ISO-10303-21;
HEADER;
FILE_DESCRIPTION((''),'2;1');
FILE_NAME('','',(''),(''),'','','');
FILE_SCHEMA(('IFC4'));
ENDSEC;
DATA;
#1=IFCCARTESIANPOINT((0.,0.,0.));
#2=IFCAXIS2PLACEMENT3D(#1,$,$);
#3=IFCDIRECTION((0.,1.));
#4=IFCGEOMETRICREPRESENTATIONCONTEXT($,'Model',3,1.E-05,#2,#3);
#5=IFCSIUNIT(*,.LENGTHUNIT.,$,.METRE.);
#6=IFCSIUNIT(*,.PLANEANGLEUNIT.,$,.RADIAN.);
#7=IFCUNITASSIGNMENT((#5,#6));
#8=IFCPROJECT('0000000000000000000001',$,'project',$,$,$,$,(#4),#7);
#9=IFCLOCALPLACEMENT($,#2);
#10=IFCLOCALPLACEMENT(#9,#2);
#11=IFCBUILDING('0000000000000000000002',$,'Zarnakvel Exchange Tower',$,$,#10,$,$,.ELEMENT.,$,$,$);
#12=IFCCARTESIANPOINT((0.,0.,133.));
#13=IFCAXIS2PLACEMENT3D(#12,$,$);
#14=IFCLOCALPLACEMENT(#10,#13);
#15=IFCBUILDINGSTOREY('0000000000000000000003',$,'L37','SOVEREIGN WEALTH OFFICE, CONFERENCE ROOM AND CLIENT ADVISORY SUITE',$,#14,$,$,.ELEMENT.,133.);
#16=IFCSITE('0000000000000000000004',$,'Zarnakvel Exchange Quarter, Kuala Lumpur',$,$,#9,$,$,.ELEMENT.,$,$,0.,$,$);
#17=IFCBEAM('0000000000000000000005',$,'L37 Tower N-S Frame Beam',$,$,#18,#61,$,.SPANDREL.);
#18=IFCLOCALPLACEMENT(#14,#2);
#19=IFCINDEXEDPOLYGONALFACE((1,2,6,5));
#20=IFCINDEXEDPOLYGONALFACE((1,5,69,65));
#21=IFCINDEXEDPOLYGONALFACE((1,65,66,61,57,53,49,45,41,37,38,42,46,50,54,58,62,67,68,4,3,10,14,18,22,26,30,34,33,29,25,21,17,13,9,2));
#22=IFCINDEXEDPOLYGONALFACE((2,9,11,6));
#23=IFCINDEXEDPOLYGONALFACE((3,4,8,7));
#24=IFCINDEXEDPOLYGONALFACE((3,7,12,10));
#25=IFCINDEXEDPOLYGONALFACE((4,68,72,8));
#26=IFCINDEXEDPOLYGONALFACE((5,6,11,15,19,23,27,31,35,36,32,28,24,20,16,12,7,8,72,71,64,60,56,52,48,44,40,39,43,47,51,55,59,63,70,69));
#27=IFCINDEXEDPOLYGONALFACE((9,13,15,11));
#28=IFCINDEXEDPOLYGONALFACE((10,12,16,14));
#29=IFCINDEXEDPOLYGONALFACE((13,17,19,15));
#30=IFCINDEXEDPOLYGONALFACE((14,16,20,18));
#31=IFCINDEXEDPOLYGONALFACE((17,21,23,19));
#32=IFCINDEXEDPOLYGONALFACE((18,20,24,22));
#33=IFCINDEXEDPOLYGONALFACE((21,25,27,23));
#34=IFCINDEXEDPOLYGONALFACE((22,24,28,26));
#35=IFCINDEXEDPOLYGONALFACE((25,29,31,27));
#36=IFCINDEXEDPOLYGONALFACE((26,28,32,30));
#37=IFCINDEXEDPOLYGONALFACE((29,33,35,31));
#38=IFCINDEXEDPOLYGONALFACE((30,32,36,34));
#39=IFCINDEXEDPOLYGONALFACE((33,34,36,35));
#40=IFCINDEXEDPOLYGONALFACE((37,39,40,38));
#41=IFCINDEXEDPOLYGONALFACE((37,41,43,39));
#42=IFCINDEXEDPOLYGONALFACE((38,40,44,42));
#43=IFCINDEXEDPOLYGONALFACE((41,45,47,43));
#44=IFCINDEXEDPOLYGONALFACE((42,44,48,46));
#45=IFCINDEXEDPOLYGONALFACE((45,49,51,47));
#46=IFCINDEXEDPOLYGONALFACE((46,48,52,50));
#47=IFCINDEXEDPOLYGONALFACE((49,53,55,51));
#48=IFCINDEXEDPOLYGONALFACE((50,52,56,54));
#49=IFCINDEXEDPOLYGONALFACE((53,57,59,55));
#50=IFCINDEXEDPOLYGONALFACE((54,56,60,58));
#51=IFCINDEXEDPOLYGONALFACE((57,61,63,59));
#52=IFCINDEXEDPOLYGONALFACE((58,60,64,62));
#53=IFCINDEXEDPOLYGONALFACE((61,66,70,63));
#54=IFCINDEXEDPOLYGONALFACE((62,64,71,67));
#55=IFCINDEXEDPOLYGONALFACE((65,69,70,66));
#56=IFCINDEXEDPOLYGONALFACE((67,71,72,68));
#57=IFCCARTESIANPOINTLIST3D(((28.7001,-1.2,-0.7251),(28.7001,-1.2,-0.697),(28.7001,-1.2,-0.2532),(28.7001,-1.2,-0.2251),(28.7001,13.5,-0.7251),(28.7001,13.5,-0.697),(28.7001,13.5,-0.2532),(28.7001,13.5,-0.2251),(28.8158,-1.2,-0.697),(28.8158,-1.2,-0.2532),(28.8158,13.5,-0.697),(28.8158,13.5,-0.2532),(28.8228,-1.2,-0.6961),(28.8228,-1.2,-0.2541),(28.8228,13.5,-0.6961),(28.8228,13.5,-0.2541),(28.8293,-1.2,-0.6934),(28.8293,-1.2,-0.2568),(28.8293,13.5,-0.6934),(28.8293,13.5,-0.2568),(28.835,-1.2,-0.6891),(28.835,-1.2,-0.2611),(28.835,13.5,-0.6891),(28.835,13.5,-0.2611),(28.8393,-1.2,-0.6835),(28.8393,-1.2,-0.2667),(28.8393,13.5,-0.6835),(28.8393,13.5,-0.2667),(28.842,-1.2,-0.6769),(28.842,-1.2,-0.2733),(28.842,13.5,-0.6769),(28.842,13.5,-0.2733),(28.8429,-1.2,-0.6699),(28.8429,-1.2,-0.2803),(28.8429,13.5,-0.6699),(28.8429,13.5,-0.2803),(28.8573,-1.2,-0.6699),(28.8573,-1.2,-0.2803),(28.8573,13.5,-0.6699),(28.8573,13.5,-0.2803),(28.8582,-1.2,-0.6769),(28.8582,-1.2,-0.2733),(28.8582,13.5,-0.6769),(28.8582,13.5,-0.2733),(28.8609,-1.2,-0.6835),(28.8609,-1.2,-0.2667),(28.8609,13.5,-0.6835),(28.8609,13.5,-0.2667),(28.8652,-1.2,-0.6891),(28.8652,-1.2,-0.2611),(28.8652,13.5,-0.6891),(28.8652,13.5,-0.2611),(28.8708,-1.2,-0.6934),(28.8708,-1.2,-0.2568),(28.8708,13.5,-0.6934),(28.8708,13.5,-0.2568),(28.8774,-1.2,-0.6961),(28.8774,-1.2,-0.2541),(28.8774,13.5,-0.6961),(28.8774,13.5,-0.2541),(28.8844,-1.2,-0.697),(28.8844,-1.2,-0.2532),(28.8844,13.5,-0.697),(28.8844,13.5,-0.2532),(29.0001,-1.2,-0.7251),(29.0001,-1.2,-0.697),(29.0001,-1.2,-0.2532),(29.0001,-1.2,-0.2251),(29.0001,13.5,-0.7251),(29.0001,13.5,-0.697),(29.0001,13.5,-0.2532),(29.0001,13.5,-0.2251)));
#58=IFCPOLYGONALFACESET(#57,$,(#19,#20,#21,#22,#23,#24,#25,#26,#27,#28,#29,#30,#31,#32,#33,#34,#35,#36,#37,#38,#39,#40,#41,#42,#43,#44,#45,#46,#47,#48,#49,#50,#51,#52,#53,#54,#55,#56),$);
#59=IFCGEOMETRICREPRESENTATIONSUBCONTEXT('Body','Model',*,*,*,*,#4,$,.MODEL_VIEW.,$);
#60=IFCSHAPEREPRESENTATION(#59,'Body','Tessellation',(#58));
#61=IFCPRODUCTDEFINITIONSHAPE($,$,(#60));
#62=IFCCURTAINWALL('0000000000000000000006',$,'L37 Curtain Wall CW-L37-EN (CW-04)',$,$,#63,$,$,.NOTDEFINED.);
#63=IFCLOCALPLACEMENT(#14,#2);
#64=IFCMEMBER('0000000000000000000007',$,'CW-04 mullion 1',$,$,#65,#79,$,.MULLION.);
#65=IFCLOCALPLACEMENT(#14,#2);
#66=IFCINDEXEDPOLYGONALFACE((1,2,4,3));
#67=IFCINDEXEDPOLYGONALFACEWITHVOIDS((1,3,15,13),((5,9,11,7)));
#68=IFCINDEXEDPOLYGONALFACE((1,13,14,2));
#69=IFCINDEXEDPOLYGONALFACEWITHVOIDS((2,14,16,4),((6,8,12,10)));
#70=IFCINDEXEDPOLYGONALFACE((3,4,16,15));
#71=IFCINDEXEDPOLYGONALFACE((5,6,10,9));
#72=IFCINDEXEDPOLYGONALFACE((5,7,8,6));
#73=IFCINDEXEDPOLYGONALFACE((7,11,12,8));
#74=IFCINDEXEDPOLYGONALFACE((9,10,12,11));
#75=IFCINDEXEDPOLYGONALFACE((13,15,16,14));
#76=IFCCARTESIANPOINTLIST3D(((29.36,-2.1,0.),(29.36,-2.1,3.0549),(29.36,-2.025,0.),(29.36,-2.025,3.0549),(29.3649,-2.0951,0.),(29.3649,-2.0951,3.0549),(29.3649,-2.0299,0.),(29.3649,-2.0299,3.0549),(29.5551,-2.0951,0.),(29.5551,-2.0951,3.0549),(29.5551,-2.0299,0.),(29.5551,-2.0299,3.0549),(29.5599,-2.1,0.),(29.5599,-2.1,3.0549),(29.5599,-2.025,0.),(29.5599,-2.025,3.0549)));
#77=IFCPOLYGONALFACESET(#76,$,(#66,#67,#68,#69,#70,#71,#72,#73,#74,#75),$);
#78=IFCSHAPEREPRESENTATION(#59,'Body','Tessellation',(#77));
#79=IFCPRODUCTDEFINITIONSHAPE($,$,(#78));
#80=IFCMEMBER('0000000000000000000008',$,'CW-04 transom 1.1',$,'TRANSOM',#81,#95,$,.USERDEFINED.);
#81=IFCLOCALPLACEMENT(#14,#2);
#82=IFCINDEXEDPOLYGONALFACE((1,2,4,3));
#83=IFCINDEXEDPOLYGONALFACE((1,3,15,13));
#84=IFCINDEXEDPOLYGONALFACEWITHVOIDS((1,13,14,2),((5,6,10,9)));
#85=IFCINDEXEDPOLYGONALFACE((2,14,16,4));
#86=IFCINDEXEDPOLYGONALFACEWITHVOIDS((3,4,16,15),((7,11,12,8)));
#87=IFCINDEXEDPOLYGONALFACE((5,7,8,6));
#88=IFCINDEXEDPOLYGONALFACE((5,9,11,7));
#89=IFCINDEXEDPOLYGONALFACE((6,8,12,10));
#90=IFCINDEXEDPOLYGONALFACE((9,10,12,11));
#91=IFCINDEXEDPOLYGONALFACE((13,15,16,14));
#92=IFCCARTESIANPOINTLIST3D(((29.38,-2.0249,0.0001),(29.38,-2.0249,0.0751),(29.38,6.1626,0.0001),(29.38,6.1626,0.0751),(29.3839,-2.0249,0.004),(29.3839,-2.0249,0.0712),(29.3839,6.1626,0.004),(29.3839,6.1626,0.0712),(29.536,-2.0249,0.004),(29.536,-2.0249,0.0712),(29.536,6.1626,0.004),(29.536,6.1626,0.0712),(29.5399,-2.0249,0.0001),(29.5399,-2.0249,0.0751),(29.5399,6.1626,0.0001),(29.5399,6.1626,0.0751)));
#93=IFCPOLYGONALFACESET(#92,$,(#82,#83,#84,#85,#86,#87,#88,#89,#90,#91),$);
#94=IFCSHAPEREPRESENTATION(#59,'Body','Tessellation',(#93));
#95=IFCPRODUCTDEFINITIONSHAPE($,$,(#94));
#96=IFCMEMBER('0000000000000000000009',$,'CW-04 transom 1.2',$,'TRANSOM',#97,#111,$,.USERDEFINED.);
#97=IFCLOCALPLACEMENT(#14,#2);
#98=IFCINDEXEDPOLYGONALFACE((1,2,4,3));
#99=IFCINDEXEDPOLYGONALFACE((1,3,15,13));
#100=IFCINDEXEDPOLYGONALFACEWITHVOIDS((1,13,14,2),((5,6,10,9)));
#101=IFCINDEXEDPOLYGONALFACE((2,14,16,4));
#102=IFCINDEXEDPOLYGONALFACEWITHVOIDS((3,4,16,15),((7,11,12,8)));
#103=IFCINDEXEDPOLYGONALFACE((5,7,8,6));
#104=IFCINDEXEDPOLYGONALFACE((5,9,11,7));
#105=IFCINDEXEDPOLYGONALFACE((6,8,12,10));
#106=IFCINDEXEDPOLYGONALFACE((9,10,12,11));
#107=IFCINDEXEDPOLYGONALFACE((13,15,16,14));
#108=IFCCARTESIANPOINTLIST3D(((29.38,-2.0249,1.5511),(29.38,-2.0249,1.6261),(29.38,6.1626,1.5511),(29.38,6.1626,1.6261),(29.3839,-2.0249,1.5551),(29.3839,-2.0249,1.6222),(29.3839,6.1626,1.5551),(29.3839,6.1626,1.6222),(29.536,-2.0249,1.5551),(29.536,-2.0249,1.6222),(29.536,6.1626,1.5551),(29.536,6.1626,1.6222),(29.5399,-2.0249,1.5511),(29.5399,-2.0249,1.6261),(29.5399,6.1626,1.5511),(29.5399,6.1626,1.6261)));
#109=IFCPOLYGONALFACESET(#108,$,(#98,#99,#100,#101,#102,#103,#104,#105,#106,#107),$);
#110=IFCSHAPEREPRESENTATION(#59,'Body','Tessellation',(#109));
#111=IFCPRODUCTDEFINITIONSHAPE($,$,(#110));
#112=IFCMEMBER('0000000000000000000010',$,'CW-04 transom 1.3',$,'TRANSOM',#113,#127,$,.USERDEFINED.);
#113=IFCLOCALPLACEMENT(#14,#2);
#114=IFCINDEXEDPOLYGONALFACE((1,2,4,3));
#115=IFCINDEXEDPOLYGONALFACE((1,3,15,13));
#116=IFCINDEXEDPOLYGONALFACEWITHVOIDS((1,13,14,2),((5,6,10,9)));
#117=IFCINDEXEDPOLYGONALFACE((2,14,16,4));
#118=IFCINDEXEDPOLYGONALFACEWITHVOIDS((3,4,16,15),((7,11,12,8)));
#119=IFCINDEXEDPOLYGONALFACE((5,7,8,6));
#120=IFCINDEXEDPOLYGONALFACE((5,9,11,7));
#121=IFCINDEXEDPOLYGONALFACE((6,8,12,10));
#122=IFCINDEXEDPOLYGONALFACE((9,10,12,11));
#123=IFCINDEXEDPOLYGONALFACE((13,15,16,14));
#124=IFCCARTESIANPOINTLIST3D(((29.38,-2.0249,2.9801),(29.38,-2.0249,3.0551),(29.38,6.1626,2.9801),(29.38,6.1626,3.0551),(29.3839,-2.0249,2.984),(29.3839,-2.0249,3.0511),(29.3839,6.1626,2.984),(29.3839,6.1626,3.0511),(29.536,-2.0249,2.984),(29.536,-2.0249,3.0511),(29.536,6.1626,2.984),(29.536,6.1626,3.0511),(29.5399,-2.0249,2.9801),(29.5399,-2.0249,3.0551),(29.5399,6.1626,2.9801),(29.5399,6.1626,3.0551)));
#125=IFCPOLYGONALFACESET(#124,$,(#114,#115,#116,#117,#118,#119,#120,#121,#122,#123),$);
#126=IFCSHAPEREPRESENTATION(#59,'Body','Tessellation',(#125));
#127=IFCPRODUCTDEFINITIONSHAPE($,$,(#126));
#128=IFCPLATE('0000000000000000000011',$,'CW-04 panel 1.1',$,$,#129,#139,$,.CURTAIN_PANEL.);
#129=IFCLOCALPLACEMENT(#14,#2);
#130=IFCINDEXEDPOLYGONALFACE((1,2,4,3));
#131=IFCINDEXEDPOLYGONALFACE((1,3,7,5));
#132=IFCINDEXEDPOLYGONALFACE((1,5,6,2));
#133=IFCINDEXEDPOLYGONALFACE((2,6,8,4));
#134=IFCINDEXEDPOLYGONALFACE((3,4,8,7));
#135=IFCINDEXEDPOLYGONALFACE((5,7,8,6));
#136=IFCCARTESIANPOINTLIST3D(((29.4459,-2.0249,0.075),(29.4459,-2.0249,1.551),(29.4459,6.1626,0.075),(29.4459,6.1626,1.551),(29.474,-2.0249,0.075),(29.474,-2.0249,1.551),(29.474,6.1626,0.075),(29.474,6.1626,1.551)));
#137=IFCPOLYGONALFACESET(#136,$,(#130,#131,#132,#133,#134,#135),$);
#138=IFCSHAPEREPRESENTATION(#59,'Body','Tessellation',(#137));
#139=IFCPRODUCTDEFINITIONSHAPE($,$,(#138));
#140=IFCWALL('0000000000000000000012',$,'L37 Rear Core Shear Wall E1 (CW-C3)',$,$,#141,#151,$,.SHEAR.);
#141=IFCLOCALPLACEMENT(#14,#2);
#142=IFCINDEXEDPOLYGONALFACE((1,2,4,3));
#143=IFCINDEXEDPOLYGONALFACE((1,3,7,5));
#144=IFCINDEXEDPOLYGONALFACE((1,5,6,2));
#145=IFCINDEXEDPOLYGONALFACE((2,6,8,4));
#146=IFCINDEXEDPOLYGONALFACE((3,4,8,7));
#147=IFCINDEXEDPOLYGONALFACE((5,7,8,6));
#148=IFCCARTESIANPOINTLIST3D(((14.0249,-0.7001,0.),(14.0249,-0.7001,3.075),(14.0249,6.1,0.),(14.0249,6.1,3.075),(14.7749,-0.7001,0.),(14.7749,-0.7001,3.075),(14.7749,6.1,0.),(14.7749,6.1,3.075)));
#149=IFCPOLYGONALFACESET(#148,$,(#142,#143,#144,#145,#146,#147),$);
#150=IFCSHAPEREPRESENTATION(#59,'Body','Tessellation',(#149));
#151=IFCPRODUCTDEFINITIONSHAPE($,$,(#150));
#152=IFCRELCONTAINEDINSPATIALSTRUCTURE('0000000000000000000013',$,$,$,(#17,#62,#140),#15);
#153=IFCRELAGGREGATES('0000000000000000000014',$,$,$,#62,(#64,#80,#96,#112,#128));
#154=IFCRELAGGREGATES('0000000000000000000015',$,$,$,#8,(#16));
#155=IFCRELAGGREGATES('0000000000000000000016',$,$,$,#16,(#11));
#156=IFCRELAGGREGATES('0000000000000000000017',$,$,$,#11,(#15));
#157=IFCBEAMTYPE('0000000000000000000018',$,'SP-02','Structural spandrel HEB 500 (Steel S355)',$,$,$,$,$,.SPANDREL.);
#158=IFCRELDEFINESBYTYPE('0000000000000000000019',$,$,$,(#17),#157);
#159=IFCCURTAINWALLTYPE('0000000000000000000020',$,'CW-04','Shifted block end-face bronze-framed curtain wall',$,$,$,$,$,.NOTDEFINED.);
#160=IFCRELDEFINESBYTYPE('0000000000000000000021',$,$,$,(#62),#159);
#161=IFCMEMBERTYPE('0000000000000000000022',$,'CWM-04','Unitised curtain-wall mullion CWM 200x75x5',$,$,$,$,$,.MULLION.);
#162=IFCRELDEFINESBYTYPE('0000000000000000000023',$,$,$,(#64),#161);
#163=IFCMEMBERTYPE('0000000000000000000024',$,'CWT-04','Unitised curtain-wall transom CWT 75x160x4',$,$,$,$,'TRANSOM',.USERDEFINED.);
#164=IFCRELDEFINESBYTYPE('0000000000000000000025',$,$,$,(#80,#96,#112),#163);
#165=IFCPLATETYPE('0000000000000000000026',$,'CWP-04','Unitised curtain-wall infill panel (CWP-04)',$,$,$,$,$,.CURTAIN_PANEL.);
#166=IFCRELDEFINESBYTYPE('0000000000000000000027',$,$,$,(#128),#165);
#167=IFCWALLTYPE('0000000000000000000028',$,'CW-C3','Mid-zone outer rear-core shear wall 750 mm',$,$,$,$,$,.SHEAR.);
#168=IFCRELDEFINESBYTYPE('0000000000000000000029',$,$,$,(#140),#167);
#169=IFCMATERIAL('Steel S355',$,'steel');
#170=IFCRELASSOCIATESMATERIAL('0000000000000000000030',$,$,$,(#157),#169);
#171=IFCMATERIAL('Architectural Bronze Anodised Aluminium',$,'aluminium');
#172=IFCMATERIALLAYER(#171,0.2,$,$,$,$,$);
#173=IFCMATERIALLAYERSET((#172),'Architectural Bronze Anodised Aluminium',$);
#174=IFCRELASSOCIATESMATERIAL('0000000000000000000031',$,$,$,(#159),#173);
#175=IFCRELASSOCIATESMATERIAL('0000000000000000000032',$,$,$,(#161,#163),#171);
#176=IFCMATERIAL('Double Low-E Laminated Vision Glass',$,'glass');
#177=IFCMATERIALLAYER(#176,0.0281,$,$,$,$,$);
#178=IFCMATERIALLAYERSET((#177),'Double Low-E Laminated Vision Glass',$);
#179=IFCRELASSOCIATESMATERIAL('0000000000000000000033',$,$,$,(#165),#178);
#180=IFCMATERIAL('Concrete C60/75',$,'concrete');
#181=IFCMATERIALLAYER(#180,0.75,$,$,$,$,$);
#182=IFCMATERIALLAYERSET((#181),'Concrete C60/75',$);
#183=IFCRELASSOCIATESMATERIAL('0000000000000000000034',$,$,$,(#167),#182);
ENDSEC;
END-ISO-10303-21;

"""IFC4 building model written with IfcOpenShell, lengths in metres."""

from ifc_helpers import new_model, si_unit, direction, frame, frame_2d, origin, origin_2d, place, context, subcontext, project, spatial, rectangle, hollow_rectangle, i_section, extrude, source, transform, mapped, material, layer, layer_set, material_profile, profile_set, type_object, element, aggregate, save


model = new_model("IFC4")

# Units and contexts
model_context = context("Model", 3, precision=1e-05, world=origin(), true_north=direction((0.0, 1.0)))
body_context = subcontext(model_context, "Body", "Model", "MODEL_VIEW")
ifc_project = project(units=[si_unit("LENGTHUNIT", "METRE"), si_unit("PLANEANGLEUNIT", "RADIAN")], contexts=[model_context])

# Site, building, storey
site_placement = place(None, origin())
site = spatial("IfcSite", under=ifc_project, at=site_placement, Name="Zarnakvel Exchange Quarter, Kuala Lumpur", CompositionType="ELEMENT", RefElevation=0.0)
building_placement = place(site_placement, origin())
building = spatial("IfcBuilding", under=site, at=building_placement, Name="Zarnakvel Exchange Tower", CompositionType="ELEMENT")
storey_placement = place(building_placement, frame((0.0, 0.0, 133.0)))
storey = spatial("IfcBuildingStorey", under=building, at=storey_placement, Name="L37", Description="SOVEREIGN WEALTH OFFICE, CONFERENCE ROOM AND CLIENT ADVISORY SUITE", CompositionType="ELEMENT", Elevation=133.0)

# Shared definitions
ifc_material_1 = material(Name="Concrete C60/75", Category="concrete")
ifc_material_2 = material(Name="Steel S355", Category="steel")

# Beam
ifc_material_profile_1 = material_profile(ifc_material_2, i_section(OverallWidth=0.3, OverallDepth=0.5, WebThickness=0.0144, FlangeThickness=0.0281, FilletRadius=0.0271, at=origin_2d()))
ifc_profile_set_1 = profile_set([ifc_material_profile_1], Name="Steel S355")
beam_type_1 = type_object("IfcBeamType", Name="SP-02", Description="Structural spandrel HEB 500 (Steel S355)", PredefinedType="SPANDREL", material=ifc_profile_set_1)
beam_1_placement = place(storey_placement, frame((28.8501, -1.2, -0.4751), z_axis=(0.0, 1.0, 0.0), x_axis=(-1.0, 0.0, 0.0)))
element("IfcBeam", 1, at=beam_1_placement, inside=storey, type_object=beam_type_1, Name="L37 Tower N-S Frame Beam", PredefinedType="SPANDREL", context=body_context, shape_type="SweptSolid", body=[
    extrude(i_section(OverallWidth=0.3, OverallDepth=0.5, WebThickness=0.0144, FlangeThickness=0.0281, FilletRadius=0.0271, at=origin_2d()), origin(), (0.0, 0.0, 1.0), 14.7),
])

# Curtain wall, members, plate
ifc_material_3 = material(Name="Architectural Bronze Anodised Aluminium", Category="aluminium")
ifc_layer_1 = layer(ifc_material_3, 0.2)
ifc_layer_set_1 = layer_set([ifc_layer_1], Name="Architectural Bronze Anodised Aluminium")
curtain_wall_type = type_object("IfcCurtainWallType", Name="CW-04", Description="Shifted block end-face bronze-framed curtain wall", PredefinedType="NOTDEFINED", material=ifc_layer_set_1)
curtain_wall_placement = place(storey_placement, origin())
curtain_wall = element("IfcCurtainWall", 2, at=curtain_wall_placement, inside=storey, type_object=curtain_wall_type, Name="L37 Curtain Wall CW-L37-EN (CW-04)", PredefinedType="NOTDEFINED")
ifc_material_profile_2 = material_profile(ifc_material_3, hollow_rectangle(XDim=0.2, YDim=0.075, WallThickness=0.0049, at=origin_2d()))
ifc_profile_set_2 = profile_set([ifc_material_profile_2], Name="Architectural Bronze Anodised Aluminium")
member_type_1 = type_object("IfcMemberType", Name="CWM-04", Description="Unitised curtain-wall mullion CWM 200x75x5", PredefinedType="MULLION", material=ifc_profile_set_2)
shared_shape_1 = source(origin(), body_context, "Body", "SweptSolid", [
    extrude(hollow_rectangle(XDim=0.2, YDim=0.075, WallThickness=0.0049, at=origin_2d()), origin(), (0.0, 0.0, 1.0), 3.0549),
])
member_1_placement = place(storey_placement, frame((29.46, -2.0625, 0.0), z_axis=(0.0, 0.0, 1.0), x_axis=(-1.0, 0.0, 0.0)))
member_1 = element("IfcMember", 3, at=member_1_placement, type_object=member_type_1, Name="CW-04 mullion 1", PredefinedType="MULLION", context=body_context, shape_type="MappedRepresentation", body=[
    mapped(shared_shape_1, transform((0.0, 0.0, 0.0), x_axis=(1.0, 0.0, 0.0), y_axis=(0.0, 1.0, 0.0), z_axis=(0.0, 0.0, 1.0), scale=1.0)),
])
ifc_material_profile_3 = material_profile(ifc_material_3, hollow_rectangle(XDim=0.1599, YDim=0.075, WallThickness=0.0039, at=origin_2d()))
ifc_profile_set_3 = profile_set([ifc_material_profile_3], Name="Architectural Bronze Anodised Aluminium")
member_type_2 = type_object("IfcMemberType", Name="CWT-04", Description="Unitised curtain-wall transom CWT 75x160x4", ElementType="TRANSOM", PredefinedType="USERDEFINED", material=ifc_profile_set_3)
shared_shape_2 = source(origin(), body_context, "Body", "SweptSolid", [
    extrude(hollow_rectangle(XDim=0.1599, YDim=0.075, WallThickness=0.0039, at=origin_2d()), origin(), (0.0, 0.0, 1.0), 8.1875),
])
member_2_placement = place(storey_placement, frame((29.46, -2.0249, 0.0376), z_axis=(0.0, 1.0, 0.0), x_axis=(-1.0, 0.0, 0.0)))
member_2 = element("IfcMember", 4, at=member_2_placement, type_object=member_type_2, Name="CW-04 transom 1.1", ObjectType="TRANSOM", PredefinedType="USERDEFINED", context=body_context, shape_type="MappedRepresentation", body=[
    mapped(shared_shape_2, transform((0.0, 0.0, 0.0), x_axis=(1.0, 0.0, 0.0), y_axis=(0.0, 1.0, 0.0), z_axis=(0.0, 0.0, 1.0), scale=1.0)),
])
member_3_placement = place(storey_placement, frame((29.46, -2.0249, 1.5886), z_axis=(0.0, 1.0, 0.0), x_axis=(-1.0, 0.0, 0.0)))
member_3 = element("IfcMember", 5, at=member_3_placement, type_object=member_type_2, Name="CW-04 transom 1.2", ObjectType="TRANSOM", PredefinedType="USERDEFINED", context=body_context, shape_type="MappedRepresentation", body=[
    mapped(shared_shape_2, transform((0.0, 0.0, 0.0), x_axis=(1.0, 0.0, 0.0), y_axis=(0.0, 1.0, 0.0), z_axis=(0.0, 0.0, 1.0), scale=1.0)),
])
member_4_placement = place(storey_placement, frame((29.46, -2.0249, 3.0176), z_axis=(0.0, 1.0, 0.0), x_axis=(-1.0, 0.0, 0.0)))
member_4 = element("IfcMember", 6, at=member_4_placement, type_object=member_type_2, Name="CW-04 transom 1.3", ObjectType="TRANSOM", PredefinedType="USERDEFINED", context=body_context, shape_type="MappedRepresentation", body=[
    mapped(shared_shape_2, transform((0.0, 0.0, 0.0), x_axis=(1.0, 0.0, 0.0), y_axis=(0.0, 1.0, 0.0), z_axis=(0.0, 0.0, 1.0), scale=1.0)),
])
ifc_material_4 = material(Name="Double Low-E Laminated Vision Glass", Category="glass")
ifc_layer_2 = layer(ifc_material_4, 0.0281)
ifc_layer_set_2 = layer_set([ifc_layer_2], Name="Double Low-E Laminated Vision Glass")
plate_type = type_object("IfcPlateType", Name="CWP-04", Description="Unitised curtain-wall infill panel (CWP-04)", PredefinedType="CURTAIN_PANEL", material=ifc_layer_set_2)
shared_shape_3 = source(origin(), body_context, "Body", "SweptSolid", [
    extrude(rectangle(XDim=8.1875, YDim=0.0281, at=origin_2d()), origin(), (0.0, 0.0, 1.0), 1.4761),
])
plate_placement = place(storey_placement, frame((29.46, 2.0688, 0.075), z_axis=(0.0, 0.0, 1.0), x_axis=(0.0, 1.0, 0.0)))
plate = element("IfcPlate", 7, at=plate_placement, type_object=plate_type, Name="CW-04 panel 1.1", PredefinedType="CURTAIN_PANEL", context=body_context, shape_type="MappedRepresentation", body=[
    mapped(shared_shape_3, transform((0.0, 0.0, 0.0), x_axis=(1.0, 0.0, 0.0), y_axis=(0.0, 1.0, 0.0), z_axis=(0.0, 0.0, 1.0), scale=1.0)),
])
aggregate(curtain_wall, [member_1, member_2, member_3, member_4, plate])

# Wall
ifc_layer_3 = layer(ifc_material_1, 0.75)
ifc_layer_set_3 = layer_set([ifc_layer_3], Name="Concrete C60/75")
wall_type_1 = type_object("IfcWallType", Name="CW-C3", Description="Mid-zone outer rear-core shear wall 750 mm", PredefinedType="SHEAR", material=ifc_layer_set_3)
wall_1_placement = place(storey_placement, frame((14.3999, -0.7, 0.0), z_axis=(0.0, 0.0, 1.0), x_axis=(0.0, 1.0, 0.0)))
element("IfcWall", 8, at=wall_1_placement, inside=storey, type_object=wall_type_1, Name="L37 Rear Core Shear Wall E1 (CW-C3)", PredefinedType="SHEAR", context=body_context, shape_type="SweptSolid", body=[
    extrude(rectangle(XDim=6.8, YDim=0.75, at=frame_2d((3.3999, 0.0))), origin(), (0.0, 0.0, 1.0), 3.075),
])

save(model, "model.ifc")
